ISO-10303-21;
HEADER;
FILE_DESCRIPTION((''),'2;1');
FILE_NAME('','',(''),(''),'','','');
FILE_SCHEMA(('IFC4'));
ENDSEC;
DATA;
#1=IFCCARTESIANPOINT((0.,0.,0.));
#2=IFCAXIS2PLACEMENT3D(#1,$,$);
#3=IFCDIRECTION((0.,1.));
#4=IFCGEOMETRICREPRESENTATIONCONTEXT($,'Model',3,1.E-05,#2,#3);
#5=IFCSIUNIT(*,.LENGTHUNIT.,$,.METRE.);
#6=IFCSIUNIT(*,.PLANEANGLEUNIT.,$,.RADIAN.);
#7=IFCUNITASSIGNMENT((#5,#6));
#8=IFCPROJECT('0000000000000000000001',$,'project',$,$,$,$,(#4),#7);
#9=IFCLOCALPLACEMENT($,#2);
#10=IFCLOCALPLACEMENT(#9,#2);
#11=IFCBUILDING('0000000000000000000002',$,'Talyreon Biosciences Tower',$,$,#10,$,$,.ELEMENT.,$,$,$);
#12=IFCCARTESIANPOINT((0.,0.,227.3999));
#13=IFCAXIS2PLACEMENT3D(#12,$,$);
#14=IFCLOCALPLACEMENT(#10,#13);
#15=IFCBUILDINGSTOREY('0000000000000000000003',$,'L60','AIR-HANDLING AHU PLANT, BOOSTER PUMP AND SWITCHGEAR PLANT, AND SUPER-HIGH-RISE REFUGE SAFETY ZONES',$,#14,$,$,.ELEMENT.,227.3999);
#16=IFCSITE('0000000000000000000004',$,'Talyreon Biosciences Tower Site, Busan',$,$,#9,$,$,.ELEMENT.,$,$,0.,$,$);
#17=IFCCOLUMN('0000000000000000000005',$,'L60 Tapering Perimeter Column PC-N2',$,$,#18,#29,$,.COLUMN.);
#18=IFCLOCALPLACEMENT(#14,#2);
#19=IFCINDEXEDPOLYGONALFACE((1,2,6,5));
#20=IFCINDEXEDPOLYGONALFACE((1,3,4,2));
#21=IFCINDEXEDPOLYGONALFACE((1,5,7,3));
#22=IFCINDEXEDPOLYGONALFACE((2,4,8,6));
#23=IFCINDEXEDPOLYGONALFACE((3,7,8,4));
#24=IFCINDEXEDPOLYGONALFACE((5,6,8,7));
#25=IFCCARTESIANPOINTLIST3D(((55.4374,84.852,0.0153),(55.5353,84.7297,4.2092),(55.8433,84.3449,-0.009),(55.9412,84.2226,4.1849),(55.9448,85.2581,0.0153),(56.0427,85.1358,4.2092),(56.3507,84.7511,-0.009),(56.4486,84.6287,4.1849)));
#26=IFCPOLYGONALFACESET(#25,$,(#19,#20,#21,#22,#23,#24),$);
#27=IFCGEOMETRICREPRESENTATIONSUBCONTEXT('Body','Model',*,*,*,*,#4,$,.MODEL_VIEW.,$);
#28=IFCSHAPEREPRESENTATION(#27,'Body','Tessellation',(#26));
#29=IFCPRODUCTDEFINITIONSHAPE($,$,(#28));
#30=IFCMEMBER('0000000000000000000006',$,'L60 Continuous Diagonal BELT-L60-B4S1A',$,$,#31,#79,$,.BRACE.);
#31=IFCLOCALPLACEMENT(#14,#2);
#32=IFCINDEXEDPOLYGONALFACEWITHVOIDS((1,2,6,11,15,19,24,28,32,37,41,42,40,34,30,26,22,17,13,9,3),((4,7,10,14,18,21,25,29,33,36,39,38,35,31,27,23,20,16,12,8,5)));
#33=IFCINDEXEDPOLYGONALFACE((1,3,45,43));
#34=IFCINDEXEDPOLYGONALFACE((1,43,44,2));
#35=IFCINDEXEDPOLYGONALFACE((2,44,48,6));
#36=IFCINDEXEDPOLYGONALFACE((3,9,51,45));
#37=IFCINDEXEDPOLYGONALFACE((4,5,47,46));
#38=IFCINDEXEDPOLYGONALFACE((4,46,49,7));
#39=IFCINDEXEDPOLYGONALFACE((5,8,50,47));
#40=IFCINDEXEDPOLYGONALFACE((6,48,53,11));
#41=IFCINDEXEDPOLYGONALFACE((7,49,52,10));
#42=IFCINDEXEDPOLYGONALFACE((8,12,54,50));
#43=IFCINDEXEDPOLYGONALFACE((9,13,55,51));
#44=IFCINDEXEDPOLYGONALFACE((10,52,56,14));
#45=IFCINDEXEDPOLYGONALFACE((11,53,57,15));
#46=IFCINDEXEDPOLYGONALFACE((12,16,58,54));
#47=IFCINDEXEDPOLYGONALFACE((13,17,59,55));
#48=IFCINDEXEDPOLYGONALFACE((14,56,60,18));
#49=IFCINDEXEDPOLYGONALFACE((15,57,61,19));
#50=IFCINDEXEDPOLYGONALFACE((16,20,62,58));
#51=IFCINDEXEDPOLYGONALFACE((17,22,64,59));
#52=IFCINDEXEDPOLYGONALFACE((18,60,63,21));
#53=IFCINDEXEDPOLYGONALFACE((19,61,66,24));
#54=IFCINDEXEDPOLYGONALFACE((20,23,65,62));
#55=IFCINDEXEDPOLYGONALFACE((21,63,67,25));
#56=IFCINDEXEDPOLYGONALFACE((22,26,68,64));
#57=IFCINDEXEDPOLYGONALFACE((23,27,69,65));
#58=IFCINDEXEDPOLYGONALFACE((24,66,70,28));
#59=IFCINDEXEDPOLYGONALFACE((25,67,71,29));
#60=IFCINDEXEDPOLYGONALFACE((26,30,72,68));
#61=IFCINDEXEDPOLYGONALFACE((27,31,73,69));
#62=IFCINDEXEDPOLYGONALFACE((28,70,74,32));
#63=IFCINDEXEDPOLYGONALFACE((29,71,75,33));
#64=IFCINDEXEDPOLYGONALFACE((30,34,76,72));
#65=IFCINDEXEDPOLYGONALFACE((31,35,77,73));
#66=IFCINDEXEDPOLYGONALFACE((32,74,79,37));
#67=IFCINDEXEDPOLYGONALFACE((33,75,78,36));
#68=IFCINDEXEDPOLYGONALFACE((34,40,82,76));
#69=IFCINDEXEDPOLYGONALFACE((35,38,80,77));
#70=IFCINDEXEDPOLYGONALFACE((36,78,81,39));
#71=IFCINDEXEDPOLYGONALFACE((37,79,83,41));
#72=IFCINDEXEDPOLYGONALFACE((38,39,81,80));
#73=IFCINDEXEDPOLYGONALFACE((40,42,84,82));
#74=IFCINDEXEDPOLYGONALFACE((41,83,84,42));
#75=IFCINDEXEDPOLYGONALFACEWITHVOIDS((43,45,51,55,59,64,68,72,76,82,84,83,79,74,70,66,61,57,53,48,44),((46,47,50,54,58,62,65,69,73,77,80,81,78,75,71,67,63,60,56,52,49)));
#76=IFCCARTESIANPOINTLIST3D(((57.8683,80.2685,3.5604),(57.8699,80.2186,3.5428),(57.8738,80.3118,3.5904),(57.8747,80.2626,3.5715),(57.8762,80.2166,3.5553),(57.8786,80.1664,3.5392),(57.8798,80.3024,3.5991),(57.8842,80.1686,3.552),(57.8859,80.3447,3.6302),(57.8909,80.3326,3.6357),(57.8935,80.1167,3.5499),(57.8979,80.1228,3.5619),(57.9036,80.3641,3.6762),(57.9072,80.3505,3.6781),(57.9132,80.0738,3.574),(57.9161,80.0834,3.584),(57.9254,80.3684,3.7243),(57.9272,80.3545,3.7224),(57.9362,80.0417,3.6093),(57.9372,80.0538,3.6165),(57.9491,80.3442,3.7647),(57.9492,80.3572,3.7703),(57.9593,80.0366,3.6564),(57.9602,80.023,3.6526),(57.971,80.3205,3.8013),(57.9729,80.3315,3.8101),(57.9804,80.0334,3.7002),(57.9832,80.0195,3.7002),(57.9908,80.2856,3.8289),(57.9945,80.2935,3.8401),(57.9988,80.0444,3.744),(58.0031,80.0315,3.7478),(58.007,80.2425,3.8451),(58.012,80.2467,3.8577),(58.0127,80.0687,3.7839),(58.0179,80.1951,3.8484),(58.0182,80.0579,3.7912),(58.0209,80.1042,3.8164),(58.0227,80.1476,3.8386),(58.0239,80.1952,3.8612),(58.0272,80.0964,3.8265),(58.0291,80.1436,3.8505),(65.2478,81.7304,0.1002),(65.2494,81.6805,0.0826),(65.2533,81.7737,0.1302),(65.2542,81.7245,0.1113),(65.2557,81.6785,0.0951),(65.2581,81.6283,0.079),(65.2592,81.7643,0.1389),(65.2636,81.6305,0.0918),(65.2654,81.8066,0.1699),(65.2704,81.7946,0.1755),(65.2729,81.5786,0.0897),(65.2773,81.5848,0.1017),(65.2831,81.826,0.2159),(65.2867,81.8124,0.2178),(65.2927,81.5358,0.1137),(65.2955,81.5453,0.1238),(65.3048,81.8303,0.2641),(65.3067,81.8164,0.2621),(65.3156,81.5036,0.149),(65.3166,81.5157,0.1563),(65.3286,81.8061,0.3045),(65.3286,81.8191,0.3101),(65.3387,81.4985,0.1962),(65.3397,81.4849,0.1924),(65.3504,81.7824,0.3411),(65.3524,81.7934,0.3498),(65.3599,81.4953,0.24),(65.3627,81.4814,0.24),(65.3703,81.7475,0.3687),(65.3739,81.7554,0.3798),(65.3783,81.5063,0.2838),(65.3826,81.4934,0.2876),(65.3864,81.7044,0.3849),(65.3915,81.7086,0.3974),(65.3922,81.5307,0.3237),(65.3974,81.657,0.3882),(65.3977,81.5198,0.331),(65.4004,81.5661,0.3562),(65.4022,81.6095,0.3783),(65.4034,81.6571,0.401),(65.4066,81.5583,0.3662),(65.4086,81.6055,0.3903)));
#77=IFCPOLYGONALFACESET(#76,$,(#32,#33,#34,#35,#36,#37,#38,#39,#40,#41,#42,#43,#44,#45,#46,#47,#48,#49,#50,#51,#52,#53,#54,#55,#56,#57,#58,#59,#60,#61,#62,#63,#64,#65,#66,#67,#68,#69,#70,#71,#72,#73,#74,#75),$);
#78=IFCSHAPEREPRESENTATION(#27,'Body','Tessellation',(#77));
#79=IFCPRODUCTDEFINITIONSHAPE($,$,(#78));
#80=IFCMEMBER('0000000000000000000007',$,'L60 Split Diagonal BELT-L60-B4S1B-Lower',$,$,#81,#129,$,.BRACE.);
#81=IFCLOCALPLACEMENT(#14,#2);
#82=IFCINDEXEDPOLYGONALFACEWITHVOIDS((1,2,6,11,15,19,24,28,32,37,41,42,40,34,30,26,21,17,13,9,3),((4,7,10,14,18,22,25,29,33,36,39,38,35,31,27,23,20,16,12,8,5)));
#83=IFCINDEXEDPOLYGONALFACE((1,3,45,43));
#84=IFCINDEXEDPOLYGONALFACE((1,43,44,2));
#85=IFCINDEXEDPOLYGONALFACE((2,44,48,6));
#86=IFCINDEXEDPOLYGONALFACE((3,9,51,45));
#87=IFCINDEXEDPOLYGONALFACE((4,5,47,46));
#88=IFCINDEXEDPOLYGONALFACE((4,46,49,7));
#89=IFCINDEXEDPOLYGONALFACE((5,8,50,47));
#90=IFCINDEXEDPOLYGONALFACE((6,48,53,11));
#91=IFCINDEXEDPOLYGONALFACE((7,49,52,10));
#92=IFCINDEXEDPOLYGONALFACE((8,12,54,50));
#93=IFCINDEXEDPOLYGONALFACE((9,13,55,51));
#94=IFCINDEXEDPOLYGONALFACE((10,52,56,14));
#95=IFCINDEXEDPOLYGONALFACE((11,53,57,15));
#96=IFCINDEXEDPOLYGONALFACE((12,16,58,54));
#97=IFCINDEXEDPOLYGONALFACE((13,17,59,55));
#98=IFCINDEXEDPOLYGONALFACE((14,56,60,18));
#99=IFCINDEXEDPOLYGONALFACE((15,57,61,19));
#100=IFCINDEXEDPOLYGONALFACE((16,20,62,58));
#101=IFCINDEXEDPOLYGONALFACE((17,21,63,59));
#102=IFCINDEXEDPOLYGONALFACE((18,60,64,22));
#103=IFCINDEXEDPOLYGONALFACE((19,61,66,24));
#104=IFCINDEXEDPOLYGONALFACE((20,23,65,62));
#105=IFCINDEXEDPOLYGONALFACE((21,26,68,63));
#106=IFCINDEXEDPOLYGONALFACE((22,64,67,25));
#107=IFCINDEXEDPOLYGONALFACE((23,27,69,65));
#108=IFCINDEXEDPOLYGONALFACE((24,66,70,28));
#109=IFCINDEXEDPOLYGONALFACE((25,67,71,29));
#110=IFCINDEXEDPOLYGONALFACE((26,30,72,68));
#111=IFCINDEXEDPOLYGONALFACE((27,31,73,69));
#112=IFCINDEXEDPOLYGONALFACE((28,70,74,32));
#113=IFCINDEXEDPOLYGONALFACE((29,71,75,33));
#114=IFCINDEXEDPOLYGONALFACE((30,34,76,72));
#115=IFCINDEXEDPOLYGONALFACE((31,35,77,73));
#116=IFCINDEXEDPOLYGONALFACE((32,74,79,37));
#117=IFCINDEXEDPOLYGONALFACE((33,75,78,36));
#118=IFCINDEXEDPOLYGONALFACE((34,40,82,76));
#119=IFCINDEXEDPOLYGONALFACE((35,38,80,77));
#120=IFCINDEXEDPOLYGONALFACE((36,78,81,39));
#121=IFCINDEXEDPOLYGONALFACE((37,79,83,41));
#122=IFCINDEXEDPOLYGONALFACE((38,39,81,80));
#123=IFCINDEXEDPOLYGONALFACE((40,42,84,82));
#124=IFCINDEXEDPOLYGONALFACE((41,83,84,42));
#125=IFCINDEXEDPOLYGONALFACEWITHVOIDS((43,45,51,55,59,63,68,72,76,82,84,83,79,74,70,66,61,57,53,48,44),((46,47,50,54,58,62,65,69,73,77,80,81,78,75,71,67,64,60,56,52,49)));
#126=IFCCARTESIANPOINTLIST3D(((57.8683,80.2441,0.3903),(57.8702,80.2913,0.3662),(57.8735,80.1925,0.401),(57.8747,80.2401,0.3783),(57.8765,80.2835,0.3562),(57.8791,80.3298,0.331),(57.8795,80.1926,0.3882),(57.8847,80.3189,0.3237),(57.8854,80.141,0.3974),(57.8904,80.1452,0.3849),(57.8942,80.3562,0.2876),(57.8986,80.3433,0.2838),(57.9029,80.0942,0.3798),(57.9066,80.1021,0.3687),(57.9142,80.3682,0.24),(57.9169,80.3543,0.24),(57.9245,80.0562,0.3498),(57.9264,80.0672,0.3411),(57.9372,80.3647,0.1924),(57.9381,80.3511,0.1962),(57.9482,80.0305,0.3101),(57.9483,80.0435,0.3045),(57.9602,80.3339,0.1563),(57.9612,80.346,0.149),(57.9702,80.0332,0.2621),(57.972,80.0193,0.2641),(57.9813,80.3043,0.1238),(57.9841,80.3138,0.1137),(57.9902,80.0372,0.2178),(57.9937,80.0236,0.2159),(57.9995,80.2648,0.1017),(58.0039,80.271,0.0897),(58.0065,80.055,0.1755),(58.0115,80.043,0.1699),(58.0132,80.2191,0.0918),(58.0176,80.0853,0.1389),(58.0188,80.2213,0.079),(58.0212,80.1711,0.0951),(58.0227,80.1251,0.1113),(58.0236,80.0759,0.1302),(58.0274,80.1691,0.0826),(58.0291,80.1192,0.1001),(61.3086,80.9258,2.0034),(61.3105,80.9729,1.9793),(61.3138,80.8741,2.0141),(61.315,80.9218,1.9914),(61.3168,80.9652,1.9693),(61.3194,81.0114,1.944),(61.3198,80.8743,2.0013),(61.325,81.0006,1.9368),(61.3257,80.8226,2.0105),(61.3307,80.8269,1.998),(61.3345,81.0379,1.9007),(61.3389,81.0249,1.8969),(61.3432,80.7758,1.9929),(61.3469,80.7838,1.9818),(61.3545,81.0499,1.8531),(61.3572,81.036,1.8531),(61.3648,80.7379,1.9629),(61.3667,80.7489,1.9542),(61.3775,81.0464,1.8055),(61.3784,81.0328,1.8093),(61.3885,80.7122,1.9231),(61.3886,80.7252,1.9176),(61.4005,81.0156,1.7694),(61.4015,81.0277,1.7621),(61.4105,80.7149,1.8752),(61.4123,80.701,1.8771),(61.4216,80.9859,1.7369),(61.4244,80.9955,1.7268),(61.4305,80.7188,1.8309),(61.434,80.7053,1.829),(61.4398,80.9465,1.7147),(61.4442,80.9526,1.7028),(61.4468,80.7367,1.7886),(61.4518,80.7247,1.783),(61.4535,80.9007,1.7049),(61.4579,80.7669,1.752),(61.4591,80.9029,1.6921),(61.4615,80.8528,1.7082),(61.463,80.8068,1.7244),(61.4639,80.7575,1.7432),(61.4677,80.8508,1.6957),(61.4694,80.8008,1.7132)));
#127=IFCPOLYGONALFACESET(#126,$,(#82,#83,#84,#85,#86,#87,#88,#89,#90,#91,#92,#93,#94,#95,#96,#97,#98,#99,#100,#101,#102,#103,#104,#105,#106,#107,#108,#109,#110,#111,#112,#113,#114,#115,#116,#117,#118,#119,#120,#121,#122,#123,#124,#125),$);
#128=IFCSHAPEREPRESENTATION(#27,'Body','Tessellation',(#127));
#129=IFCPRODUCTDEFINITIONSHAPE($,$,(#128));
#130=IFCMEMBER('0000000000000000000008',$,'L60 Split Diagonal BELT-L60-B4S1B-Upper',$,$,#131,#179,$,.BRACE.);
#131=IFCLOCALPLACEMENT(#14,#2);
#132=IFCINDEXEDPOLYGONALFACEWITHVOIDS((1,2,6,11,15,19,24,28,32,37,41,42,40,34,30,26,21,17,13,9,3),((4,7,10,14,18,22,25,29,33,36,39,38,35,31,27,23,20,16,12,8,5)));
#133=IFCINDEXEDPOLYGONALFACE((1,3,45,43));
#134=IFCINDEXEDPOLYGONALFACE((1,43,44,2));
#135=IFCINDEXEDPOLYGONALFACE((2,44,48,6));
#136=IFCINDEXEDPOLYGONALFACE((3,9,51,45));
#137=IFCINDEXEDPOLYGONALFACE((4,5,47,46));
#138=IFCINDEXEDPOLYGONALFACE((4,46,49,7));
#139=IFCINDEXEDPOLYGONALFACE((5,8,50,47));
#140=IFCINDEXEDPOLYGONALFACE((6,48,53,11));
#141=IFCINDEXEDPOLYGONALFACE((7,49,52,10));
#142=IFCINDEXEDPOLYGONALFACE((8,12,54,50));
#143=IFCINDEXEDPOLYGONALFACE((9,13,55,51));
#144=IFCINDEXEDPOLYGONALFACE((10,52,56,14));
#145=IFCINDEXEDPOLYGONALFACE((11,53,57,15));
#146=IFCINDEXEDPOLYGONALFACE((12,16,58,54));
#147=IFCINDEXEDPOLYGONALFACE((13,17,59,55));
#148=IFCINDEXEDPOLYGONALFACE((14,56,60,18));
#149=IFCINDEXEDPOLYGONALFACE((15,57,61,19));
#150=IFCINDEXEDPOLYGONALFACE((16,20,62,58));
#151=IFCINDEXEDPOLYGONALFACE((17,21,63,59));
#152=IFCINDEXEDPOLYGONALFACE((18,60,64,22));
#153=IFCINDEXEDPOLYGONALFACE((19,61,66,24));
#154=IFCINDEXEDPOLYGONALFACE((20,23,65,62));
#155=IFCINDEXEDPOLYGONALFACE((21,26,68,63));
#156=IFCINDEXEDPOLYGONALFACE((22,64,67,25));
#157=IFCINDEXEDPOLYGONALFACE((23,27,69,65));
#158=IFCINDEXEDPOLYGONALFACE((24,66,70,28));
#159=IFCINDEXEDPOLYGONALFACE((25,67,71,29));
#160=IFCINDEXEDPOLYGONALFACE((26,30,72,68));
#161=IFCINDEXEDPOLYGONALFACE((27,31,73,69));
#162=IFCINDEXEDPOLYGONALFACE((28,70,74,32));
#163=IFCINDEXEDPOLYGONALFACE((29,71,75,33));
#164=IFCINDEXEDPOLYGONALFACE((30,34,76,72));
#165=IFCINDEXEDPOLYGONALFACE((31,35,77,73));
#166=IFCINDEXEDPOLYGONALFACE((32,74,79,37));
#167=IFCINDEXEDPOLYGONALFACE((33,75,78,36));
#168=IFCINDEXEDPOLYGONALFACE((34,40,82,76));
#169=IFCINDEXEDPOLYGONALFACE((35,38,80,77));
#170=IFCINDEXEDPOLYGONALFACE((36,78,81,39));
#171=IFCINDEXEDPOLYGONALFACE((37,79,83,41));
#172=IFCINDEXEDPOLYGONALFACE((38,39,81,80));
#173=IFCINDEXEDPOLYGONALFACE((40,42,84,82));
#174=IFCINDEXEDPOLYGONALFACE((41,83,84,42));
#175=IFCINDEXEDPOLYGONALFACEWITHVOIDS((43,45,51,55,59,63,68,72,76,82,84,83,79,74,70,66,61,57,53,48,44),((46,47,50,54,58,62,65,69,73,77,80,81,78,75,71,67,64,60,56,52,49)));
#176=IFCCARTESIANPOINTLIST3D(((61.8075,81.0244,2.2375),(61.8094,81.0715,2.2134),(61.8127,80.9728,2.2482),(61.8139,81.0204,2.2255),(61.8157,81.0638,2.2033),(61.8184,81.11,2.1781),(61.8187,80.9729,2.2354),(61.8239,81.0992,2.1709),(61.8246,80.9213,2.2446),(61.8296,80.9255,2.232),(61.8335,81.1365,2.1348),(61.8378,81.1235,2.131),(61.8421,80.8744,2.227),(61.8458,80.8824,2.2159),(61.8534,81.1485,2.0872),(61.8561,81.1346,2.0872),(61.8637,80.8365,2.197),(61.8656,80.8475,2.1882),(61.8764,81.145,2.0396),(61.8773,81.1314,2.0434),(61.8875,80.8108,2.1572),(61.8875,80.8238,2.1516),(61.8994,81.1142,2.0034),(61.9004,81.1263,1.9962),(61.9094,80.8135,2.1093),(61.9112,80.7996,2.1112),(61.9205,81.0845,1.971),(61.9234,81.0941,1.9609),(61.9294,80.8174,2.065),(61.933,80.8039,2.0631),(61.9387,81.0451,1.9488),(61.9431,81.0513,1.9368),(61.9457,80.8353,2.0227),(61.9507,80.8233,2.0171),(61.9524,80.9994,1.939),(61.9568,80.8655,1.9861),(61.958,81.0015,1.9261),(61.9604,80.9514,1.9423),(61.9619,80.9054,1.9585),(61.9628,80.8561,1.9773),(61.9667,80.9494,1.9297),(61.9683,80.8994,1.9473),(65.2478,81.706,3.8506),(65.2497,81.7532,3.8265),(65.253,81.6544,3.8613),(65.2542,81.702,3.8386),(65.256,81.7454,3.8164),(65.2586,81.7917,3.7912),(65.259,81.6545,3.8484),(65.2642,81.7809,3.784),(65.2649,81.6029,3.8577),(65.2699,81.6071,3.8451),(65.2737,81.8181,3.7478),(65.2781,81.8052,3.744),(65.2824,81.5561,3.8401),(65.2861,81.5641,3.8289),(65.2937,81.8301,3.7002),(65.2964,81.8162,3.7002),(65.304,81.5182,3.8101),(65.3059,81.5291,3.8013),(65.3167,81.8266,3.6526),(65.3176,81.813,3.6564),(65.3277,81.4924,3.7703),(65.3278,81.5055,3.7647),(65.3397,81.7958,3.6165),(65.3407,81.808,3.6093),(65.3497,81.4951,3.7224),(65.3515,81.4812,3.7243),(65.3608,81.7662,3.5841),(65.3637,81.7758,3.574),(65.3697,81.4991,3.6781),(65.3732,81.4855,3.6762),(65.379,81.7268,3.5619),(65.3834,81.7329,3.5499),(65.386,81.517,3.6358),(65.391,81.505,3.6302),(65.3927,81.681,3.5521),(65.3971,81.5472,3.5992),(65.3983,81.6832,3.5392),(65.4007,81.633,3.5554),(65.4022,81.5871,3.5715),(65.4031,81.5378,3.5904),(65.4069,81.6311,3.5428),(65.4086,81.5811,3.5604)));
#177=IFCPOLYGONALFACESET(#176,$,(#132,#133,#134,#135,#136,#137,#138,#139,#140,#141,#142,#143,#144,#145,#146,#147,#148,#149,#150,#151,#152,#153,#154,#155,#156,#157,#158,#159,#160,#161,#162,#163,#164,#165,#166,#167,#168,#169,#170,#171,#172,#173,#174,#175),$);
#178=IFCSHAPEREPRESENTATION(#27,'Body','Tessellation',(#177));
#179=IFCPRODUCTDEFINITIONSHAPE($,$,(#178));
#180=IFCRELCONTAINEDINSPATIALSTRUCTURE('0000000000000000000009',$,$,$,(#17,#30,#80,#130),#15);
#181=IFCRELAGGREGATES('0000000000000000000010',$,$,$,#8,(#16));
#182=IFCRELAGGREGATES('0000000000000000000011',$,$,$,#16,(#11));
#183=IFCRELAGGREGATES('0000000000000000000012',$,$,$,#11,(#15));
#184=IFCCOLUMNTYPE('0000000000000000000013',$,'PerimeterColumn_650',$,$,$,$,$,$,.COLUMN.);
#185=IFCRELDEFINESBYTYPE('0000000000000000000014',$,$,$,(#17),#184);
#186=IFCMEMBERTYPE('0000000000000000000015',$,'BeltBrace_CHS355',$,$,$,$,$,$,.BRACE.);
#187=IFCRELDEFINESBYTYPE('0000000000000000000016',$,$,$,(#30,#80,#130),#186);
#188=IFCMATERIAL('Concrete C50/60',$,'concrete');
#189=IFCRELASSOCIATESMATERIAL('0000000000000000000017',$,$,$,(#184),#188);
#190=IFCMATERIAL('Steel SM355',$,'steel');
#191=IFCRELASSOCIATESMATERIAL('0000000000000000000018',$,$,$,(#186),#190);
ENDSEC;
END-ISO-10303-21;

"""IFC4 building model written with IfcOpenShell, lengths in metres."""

from ifc_helpers import new_model, si_unit, direction, frame, origin, origin_2d, place, context, subcontext, project, spatial, rectangle, hollow_circle, extrude, material, material_profile, profile_set, type_object, element, save


model = new_model("IFC4")

# Units and contexts
model_context = context("Model", 3, precision=1e-05, world=origin(), true_north=direction((0.0, 1.0)))
body_context = subcontext(model_context, "Body", "Model", "MODEL_VIEW")
ifc_project = project(units=[si_unit("LENGTHUNIT", "METRE"), si_unit("PLANEANGLEUNIT", "RADIAN")], contexts=[model_context])

# Site, building, storey
site_placement = place(None, origin())
site = spatial("IfcSite", under=ifc_project, at=site_placement, Name="Talyreon Biosciences Tower Site, Busan", CompositionType="ELEMENT", RefElevation=0.0)
building_placement = place(site_placement, origin())
building = spatial("IfcBuilding", under=site, at=building_placement, Name="Talyreon Biosciences Tower", CompositionType="ELEMENT")
storey_placement = place(building_placement, frame((0.0, 0.0, 227.3999)))
storey = spatial("IfcBuildingStorey", under=building, at=storey_placement, Name="L60", Description="AIR-HANDLING AHU PLANT, BOOSTER PUMP AND SWITCHGEAR PLANT, AND SUPER-HIGH-RISE REFUGE SAFETY ZONES", CompositionType="ELEMENT", Elevation=227.3999)

# Column
ifc_material_1 = material(Name="Concrete C50/60", Category="concrete")
ifc_material_profile_1 = material_profile(ifc_material_1, rectangle(XDim=0.6499, YDim=0.6499, at=origin_2d()), Name="RC 650x650")
ifc_profile_set_1 = profile_set([ifc_material_profile_1], Name="Concrete C50/60")
column_type = type_object("IfcColumnType", Name="PerimeterColumn_650", PredefinedType="COLUMN", material=ifc_profile_set_1)
column_placement = place(storey_placement, frame((55.894, 84.8015, 0.0032), z_axis=(0.023328, -0.029145, 0.999303), x_axis=(-0.780717, -0.624885, 0.0)))
element("IfcColumn", 1, at=column_placement, inside=storey, type_object=column_type, Name="L60 Tapering Perimeter Column PC-N2", PredefinedType="COLUMN", context=body_context, shape_type="SweptSolid", body=[
    extrude(rectangle(XDim=0.6499, YDim=0.6499, at=origin_2d()), origin(), (0.0, 0.0, 1.0), 4.1968),
])

# Members
ifc_material_2 = material(Name="Steel SM355", Category="steel")
ifc_material_profile_2 = material_profile(ifc_material_2, hollow_circle(Radius=0.1777, WallThickness=0.0142, at=origin_2d()), Name="CHS 355.6x14.2")
ifc_profile_set_2 = profile_set([ifc_material_profile_2], Name="Steel SM355")
member_type_1 = type_object("IfcMemberType", Name="BeltBrace_CHS355", PredefinedType="BRACE", material=ifc_profile_set_2)
member_1_placement = place(storey_placement, frame((65.3281, 81.6558, 0.24), z_axis=(-0.891184, -0.17655, 0.417877), x_axis=(0.194331, -0.980936, 0.0)))
element("IfcMember", 2, at=member_1_placement, inside=storey, type_object=member_type_1, Name="L60 Continuous Diagonal BELT-L60-B4S1A", PredefinedType="BRACE", context=body_context, shape_type="SweptSolid", body=[
    extrude(hollow_circle(Radius=0.1777, WallThickness=0.0142, at=origin_2d()), origin(), (0.0, 0.0, 1.0), 8.2805),
])
for number, where, z_axis, x_axis, name in (
    (3, (57.9487, 80.1938, 0.24), (0.891186, 0.17658, 0.41786), (-0.194362, 0.98093, 0.0), "L60 Split Diagonal BELT-L60-B4S1B-Lower"),
    (4, (61.8879, 80.9741, 2.0872), (0.891186, 0.17658, 0.41786), (-0.194362, 0.98093, 0.0), "L60 Split Diagonal BELT-L60-B4S1B-Upper"),
):
    element("IfcMember", number, at=place(storey_placement, frame(where, z_axis=z_axis, x_axis=x_axis)), inside=storey, type_object=member_type_1, Name=name, PredefinedType="BRACE", context=body_context, shape_type="SweptSolid", body=[
        extrude(hollow_circle(Radius=0.1777, WallThickness=0.0142, at=origin_2d()), origin(), (0.0, 0.0, 1.0), 3.8604),
    ])

save(model, "model.ifc")
